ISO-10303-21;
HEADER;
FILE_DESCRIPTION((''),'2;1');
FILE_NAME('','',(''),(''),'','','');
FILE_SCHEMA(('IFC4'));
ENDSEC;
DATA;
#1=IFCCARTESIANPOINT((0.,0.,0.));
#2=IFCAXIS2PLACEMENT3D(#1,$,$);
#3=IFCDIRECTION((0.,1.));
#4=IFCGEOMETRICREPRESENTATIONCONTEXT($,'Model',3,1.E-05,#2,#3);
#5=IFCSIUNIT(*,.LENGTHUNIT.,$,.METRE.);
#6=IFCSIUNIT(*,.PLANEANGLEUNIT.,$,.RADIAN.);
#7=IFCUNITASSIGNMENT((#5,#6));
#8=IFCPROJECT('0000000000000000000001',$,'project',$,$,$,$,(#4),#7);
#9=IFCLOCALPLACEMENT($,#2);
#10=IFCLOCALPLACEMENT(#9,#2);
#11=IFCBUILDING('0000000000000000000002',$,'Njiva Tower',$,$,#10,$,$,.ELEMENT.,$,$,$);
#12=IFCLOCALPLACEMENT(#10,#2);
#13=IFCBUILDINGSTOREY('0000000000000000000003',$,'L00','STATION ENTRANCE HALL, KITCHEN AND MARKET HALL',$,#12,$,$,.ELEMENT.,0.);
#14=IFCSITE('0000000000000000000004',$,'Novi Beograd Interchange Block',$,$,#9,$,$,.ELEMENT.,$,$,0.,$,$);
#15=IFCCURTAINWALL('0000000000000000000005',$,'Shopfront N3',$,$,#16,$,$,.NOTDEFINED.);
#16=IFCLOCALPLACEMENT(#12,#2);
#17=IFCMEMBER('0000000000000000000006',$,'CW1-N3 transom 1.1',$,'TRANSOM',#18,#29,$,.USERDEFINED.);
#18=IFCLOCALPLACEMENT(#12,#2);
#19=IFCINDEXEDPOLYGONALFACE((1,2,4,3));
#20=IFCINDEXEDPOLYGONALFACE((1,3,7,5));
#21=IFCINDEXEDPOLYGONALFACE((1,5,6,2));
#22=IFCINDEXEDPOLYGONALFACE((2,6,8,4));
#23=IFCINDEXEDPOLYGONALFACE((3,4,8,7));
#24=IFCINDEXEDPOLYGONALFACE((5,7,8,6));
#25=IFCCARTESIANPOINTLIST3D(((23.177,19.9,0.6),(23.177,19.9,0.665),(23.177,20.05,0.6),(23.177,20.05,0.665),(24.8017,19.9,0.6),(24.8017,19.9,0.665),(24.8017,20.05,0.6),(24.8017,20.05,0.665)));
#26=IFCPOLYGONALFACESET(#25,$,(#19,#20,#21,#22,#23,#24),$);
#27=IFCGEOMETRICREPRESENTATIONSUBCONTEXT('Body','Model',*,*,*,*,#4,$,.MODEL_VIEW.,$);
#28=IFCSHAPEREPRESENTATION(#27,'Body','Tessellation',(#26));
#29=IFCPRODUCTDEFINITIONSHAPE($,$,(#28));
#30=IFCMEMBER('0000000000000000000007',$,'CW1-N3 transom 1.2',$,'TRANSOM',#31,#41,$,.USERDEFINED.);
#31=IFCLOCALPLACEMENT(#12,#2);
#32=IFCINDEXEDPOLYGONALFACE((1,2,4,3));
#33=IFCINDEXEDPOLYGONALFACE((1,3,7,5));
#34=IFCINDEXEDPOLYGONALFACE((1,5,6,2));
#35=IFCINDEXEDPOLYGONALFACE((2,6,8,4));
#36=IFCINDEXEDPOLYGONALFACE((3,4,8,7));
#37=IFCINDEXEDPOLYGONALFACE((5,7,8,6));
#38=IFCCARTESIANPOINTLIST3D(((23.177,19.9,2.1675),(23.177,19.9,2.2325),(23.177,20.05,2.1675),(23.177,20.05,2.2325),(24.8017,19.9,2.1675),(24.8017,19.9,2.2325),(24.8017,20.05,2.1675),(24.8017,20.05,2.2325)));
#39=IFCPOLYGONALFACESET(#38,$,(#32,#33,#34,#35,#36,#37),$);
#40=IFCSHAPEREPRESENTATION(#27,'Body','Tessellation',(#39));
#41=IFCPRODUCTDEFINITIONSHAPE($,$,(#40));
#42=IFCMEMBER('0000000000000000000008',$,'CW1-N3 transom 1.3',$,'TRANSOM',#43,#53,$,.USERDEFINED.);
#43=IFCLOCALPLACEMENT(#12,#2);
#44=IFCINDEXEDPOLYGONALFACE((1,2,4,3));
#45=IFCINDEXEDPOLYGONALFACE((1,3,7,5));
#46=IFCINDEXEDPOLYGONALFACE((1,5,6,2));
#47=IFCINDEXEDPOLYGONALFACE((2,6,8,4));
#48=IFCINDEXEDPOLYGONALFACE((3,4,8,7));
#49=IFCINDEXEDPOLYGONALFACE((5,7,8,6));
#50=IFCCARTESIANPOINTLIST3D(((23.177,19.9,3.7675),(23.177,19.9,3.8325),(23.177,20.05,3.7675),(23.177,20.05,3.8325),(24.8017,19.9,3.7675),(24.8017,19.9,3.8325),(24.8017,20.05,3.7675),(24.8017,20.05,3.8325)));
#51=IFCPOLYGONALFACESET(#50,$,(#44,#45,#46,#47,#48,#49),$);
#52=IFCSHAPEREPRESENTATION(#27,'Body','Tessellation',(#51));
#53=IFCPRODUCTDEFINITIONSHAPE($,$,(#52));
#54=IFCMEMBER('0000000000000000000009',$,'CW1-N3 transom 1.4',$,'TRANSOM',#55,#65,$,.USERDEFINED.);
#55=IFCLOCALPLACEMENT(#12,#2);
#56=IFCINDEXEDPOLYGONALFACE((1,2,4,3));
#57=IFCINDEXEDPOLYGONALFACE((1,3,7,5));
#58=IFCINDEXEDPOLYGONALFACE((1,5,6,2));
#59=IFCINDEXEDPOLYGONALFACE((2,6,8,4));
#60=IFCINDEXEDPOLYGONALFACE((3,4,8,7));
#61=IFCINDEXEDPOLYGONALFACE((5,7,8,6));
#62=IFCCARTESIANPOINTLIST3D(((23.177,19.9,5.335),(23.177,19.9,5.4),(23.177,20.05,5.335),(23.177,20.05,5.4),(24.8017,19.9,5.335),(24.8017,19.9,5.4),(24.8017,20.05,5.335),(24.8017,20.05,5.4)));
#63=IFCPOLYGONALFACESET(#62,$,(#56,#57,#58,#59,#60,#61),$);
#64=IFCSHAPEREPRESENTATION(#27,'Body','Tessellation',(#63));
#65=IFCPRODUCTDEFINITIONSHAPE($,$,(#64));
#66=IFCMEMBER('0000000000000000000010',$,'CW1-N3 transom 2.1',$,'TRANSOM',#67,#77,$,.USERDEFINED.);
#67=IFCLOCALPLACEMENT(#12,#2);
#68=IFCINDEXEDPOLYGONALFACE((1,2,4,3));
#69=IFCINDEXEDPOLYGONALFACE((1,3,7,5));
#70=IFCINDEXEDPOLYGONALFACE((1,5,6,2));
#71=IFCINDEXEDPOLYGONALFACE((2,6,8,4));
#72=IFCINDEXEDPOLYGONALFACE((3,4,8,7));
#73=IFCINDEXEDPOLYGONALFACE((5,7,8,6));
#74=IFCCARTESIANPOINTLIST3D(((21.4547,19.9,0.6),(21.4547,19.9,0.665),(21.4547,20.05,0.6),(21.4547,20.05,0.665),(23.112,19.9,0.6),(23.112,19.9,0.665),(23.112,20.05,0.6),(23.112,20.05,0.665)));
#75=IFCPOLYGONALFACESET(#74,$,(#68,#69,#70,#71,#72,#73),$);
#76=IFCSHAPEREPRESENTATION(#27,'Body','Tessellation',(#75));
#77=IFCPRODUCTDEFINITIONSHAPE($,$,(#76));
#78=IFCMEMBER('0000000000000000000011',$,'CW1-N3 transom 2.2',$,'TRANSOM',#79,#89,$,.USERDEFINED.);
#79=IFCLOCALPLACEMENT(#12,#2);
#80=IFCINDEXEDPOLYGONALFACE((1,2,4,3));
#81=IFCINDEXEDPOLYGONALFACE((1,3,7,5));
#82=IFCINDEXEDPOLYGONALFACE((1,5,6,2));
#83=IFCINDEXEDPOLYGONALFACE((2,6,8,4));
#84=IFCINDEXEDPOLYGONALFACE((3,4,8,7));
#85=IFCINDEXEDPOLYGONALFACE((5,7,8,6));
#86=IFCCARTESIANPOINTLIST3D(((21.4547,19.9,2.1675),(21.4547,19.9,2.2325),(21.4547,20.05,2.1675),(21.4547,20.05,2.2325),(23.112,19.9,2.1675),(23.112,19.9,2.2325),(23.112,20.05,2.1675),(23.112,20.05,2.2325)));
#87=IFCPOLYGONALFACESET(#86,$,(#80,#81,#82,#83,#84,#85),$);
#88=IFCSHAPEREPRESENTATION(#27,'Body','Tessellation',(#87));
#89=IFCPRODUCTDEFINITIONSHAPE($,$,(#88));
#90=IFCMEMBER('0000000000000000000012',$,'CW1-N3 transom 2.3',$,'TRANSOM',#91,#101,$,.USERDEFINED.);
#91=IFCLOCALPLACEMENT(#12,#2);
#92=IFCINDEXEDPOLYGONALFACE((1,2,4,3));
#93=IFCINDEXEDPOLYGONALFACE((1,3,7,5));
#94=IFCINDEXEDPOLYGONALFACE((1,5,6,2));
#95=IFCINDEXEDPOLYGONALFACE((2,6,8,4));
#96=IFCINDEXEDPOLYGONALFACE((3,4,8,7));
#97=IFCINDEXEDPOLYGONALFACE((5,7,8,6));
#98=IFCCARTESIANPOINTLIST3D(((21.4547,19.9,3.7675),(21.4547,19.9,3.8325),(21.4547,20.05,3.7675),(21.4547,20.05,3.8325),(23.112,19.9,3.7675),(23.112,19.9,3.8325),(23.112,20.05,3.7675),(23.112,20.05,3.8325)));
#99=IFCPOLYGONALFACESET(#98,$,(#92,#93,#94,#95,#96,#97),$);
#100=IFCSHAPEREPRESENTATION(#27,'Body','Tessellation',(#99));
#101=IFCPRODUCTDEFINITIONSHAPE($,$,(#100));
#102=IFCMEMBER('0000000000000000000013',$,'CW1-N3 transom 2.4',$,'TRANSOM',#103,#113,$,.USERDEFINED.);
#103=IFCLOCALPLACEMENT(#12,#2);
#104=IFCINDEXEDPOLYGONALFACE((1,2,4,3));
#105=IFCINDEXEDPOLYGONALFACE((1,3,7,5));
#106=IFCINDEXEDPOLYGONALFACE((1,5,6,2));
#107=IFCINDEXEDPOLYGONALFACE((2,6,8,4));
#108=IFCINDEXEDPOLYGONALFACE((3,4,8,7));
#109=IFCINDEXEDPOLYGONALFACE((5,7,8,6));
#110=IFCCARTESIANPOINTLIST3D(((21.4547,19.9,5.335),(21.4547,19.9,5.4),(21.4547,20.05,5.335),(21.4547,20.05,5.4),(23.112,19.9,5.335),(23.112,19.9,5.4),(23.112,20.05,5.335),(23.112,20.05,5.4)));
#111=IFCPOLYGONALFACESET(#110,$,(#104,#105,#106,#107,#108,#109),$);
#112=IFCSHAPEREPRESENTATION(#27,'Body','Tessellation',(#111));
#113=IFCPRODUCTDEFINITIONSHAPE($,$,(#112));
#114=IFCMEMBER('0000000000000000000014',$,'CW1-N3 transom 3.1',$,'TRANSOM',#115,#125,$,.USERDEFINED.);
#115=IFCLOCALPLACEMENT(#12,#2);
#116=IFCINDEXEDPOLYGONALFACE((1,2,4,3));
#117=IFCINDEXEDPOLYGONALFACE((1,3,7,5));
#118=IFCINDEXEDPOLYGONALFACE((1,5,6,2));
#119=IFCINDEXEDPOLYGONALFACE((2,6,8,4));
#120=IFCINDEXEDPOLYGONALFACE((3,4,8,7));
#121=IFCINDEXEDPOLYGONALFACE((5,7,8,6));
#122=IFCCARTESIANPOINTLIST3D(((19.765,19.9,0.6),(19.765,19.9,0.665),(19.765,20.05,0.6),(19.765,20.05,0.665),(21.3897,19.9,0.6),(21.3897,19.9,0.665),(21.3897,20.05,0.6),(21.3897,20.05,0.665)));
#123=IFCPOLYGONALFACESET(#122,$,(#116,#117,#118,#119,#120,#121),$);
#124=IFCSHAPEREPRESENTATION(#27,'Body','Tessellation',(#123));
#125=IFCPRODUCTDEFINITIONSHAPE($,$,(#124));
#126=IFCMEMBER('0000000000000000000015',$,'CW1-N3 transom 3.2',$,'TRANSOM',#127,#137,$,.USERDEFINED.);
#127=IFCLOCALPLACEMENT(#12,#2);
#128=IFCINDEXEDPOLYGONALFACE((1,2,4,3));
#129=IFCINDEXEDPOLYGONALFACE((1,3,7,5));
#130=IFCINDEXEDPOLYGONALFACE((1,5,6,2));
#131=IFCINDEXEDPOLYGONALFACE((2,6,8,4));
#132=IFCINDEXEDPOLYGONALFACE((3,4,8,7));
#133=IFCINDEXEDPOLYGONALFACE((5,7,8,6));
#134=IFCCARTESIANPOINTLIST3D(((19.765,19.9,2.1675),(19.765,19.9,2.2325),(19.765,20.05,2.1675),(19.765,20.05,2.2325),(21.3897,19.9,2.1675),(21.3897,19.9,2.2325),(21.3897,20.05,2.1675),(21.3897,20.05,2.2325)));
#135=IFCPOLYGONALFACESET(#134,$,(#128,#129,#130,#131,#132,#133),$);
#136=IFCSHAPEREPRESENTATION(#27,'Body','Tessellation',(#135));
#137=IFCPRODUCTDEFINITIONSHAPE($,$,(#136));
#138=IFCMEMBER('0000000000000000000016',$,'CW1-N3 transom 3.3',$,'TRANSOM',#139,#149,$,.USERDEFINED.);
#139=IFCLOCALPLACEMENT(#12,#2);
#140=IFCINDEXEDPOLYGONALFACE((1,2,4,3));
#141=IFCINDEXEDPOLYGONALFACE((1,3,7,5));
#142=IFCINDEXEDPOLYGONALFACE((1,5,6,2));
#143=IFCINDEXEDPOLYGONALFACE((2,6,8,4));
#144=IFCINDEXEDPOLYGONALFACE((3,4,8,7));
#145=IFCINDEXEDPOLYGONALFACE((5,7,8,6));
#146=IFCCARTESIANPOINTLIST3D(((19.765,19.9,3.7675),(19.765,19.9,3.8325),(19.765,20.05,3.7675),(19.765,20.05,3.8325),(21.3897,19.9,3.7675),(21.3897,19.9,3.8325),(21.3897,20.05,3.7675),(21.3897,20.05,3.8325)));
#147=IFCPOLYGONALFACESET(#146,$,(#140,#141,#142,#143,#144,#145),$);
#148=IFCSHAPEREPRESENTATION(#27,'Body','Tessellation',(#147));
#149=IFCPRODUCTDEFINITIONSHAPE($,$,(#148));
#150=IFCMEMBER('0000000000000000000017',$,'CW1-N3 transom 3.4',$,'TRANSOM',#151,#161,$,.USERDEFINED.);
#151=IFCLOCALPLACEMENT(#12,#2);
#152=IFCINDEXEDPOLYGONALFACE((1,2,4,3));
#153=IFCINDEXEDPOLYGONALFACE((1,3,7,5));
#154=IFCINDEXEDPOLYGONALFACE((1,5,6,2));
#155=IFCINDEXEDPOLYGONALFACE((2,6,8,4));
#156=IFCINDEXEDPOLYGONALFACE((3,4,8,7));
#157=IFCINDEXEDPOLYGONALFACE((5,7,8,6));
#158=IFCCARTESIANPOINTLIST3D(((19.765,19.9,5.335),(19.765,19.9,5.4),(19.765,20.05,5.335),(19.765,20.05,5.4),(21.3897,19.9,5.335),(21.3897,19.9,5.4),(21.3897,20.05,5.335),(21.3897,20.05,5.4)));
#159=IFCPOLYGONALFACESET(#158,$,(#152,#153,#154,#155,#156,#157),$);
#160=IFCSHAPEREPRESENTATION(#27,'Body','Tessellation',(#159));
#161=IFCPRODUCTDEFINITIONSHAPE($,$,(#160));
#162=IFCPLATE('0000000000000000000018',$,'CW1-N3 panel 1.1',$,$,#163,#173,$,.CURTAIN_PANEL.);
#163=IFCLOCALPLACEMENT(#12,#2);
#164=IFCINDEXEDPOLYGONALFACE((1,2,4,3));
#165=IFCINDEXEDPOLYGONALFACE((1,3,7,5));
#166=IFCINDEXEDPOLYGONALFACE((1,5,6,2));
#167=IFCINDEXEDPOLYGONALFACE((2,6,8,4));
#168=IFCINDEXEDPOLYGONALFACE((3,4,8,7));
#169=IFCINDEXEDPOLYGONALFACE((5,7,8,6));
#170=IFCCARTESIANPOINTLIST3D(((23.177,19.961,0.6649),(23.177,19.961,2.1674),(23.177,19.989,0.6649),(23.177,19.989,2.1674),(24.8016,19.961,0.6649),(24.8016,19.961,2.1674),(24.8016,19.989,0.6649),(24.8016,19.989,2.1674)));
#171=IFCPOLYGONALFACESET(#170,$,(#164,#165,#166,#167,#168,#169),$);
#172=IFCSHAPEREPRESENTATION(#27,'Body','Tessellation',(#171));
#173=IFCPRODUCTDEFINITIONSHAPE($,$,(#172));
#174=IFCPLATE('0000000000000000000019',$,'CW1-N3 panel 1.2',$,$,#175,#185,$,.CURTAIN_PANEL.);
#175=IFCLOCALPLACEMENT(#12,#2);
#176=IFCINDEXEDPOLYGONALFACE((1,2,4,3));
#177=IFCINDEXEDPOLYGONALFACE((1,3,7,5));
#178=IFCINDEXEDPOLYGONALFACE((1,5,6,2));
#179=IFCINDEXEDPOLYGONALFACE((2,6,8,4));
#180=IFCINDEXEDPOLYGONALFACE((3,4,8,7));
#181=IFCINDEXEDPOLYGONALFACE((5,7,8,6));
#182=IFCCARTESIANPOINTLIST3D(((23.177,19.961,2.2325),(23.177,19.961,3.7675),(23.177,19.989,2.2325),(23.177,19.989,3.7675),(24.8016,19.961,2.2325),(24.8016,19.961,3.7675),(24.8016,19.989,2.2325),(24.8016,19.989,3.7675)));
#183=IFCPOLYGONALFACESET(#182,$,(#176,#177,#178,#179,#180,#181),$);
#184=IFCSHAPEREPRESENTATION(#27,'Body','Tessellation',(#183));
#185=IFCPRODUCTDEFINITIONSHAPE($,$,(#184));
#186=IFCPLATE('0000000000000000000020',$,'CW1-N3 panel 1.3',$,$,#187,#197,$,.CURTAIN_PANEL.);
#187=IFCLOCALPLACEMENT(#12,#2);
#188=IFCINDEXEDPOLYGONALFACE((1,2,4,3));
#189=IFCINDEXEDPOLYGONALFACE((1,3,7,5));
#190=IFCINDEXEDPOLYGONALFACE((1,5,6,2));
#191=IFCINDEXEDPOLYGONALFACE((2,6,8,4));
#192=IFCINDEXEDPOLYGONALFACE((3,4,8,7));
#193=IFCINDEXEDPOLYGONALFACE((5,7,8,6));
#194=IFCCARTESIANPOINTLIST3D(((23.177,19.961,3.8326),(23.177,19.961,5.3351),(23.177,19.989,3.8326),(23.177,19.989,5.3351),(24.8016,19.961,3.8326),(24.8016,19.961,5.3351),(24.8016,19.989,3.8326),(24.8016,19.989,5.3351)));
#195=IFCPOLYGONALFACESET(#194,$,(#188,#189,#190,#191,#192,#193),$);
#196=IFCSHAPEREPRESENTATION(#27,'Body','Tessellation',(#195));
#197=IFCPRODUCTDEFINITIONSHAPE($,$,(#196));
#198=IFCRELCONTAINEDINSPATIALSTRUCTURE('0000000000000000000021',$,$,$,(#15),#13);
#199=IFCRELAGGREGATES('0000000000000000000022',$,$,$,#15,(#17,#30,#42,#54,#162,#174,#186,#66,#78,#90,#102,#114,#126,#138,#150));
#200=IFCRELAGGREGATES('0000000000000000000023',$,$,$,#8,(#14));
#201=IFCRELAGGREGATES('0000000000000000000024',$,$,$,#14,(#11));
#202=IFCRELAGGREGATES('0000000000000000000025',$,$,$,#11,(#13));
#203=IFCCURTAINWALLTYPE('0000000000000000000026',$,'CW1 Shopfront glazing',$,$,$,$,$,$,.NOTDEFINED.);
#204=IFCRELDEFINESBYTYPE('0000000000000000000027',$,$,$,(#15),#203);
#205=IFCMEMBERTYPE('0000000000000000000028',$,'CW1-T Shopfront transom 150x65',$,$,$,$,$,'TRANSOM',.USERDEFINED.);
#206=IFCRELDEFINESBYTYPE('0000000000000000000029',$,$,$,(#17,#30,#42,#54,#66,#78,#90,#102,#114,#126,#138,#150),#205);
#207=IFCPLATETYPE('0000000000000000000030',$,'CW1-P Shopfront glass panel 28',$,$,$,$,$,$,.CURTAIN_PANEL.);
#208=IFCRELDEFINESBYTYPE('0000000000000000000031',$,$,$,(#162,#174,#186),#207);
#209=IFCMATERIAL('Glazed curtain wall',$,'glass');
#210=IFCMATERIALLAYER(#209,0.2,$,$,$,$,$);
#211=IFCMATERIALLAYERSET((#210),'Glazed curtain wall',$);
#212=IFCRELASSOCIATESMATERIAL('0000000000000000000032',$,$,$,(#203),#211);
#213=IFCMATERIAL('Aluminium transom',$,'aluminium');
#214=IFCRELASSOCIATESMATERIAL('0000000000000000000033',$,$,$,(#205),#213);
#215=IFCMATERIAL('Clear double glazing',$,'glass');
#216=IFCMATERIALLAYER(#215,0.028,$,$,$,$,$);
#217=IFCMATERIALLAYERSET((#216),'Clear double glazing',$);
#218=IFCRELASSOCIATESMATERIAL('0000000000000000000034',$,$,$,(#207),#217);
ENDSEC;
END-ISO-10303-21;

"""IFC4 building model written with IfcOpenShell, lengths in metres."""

from ifc_helpers import new_model, si_unit, direction, frame, origin, origin_2d, place, context, subcontext, project, spatial, rectangle, extrude, material, layer, layer_set, material_profile, profile_set, type_object, element, aggregate, save


model = new_model("IFC4")

# Units and contexts
model_context = context("Model", 3, precision=1e-05, world=origin(), true_north=direction((0.0, 1.0)))
body_context = subcontext(model_context, "Body", "Model", "MODEL_VIEW")
ifc_project = project(units=[si_unit("LENGTHUNIT", "METRE"), si_unit("PLANEANGLEUNIT", "RADIAN")], contexts=[model_context])

# Site, building, storey
site_placement = place(None, origin())
site = spatial("IfcSite", under=ifc_project, at=site_placement, Name="Novi Beograd Interchange Block", CompositionType="ELEMENT", RefElevation=0.0)
building_placement = place(site_placement, origin())
building = spatial("IfcBuilding", under=site, at=building_placement, Name="Njiva Tower", CompositionType="ELEMENT")
storey_placement = place(building_placement, origin())
storey = spatial("IfcBuildingStorey", under=building, at=storey_placement, Name="L00", Description="STATION ENTRANCE HALL, KITCHEN AND MARKET HALL", CompositionType="ELEMENT", Elevation=0.0)

# Curtain wall, members, plates
ifc_material_1 = material(Name="Glazed curtain wall", Category="glass")
ifc_layer_1 = layer(ifc_material_1, 0.2)
ifc_layer_set_1 = layer_set([ifc_layer_1], Name="Glazed curtain wall")
curtain_wall_type = type_object("IfcCurtainWallType", Name="CW1 Shopfront glazing", PredefinedType="NOTDEFINED", material=ifc_layer_set_1)
curtain_wall_placement = place(storey_placement, origin())
curtain_wall = element("IfcCurtainWall", 1, at=curtain_wall_placement, inside=storey, type_object=curtain_wall_type, Name="Shopfront N3", PredefinedType="NOTDEFINED")
ifc_material_2 = material(Name="Aluminium transom", Category="aluminium")
ifc_material_profile_1 = material_profile(ifc_material_2, rectangle(XDim=0.15, YDim=0.065, at=origin_2d()), Name="RECT 150x65")
ifc_profile_set_1 = profile_set([ifc_material_profile_1], Name="Aluminium transom")
member_type_1 = type_object("IfcMemberType", Name="CW1-T Shopfront transom 150x65", ElementType="TRANSOM", PredefinedType="USERDEFINED", material=ifc_profile_set_1)
member_1_placement = place(storey_placement, frame((24.8017, 19.975, 0.6325), z_axis=(-1.0, 0.0, 0.0), x_axis=(0.0, -1.0, 0.0)))
member_1 = element("IfcMember", 2, at=member_1_placement, type_object=member_type_1, Name="CW1-N3 transom 1.1", ObjectType="TRANSOM", PredefinedType="USERDEFINED", context=body_context, shape_type="SweptSolid", body=[
    extrude(rectangle(XDim=0.15, YDim=0.065, at=origin_2d()), origin(), (0.0, 0.0, 1.0), 1.6247),
])
member_2_placement = place(storey_placement, frame((24.8017, 19.975, 2.2), z_axis=(-1.0, 0.0, 0.0), x_axis=(0.0, -1.0, 0.0)))
member_2 = element("IfcMember", 3, at=member_2_placement, type_object=member_type_1, Name="CW1-N3 transom 1.2", ObjectType="TRANSOM", PredefinedType="USERDEFINED", context=body_context, shape_type="SweptSolid", body=[
    extrude(rectangle(XDim=0.15, YDim=0.065, at=origin_2d()), origin(), (0.0, 0.0, 1.0), 1.6247),
])
member_3_placement = place(storey_placement, frame((24.8017, 19.975, 3.8), z_axis=(-1.0, 0.0, 0.0), x_axis=(0.0, -1.0, 0.0)))
member_3 = element("IfcMember", 4, at=member_3_placement, type_object=member_type_1, Name="CW1-N3 transom 1.3", ObjectType="TRANSOM", PredefinedType="USERDEFINED", context=body_context, shape_type="SweptSolid", body=[
    extrude(rectangle(XDim=0.15, YDim=0.065, at=origin_2d()), origin(), (0.0, 0.0, 1.0), 1.6247),
])
member_4_placement = place(storey_placement, frame((24.8017, 19.975, 5.3675), z_axis=(-1.0, 0.0, 0.0), x_axis=(0.0, -1.0, 0.0)))
member_4 = element("IfcMember", 5, at=member_4_placement, type_object=member_type_1, Name="CW1-N3 transom 1.4", ObjectType="TRANSOM", PredefinedType="USERDEFINED", context=body_context, shape_type="SweptSolid", body=[
    extrude(rectangle(XDim=0.15, YDim=0.065, at=origin_2d()), origin(), (0.0, 0.0, 1.0), 1.6247),
])
member_5_placement = place(storey_placement, frame((23.112, 19.975, 0.6325), z_axis=(-1.0, 0.0, 0.0), x_axis=(0.0, -1.0, 0.0)))
member_5 = element("IfcMember", 6, at=member_5_placement, type_object=member_type_1, Name="CW1-N3 transom 2.1", ObjectType="TRANSOM", PredefinedType="USERDEFINED", context=body_context, shape_type="SweptSolid", body=[
    extrude(rectangle(XDim=0.15, YDim=0.065, at=origin_2d()), origin(), (0.0, 0.0, 1.0), 1.6573),
])
member_6_placement = place(storey_placement, frame((23.112, 19.975, 2.2), z_axis=(-1.0, 0.0, 0.0), x_axis=(0.0, -1.0, 0.0)))
member_6 = element("IfcMember", 7, at=member_6_placement, type_object=member_type_1, Name="CW1-N3 transom 2.2", ObjectType="TRANSOM", PredefinedType="USERDEFINED", context=body_context, shape_type="SweptSolid", body=[
    extrude(rectangle(XDim=0.15, YDim=0.065, at=origin_2d()), origin(), (0.0, 0.0, 1.0), 1.6573),
])
member_7_placement = place(storey_placement, frame((23.112, 19.975, 3.8), z_axis=(-1.0, 0.0, 0.0), x_axis=(0.0, -1.0, 0.0)))
member_7 = element("IfcMember", 8, at=member_7_placement, type_object=member_type_1, Name="CW1-N3 transom 2.3", ObjectType="TRANSOM", PredefinedType="USERDEFINED", context=body_context, shape_type="SweptSolid", body=[
    extrude(rectangle(XDim=0.15, YDim=0.065, at=origin_2d()), origin(), (0.0, 0.0, 1.0), 1.6573),
])
member_8_placement = place(storey_placement, frame((23.112, 19.975, 5.3675), z_axis=(-1.0, 0.0, 0.0), x_axis=(0.0, -1.0, 0.0)))
member_8 = element("IfcMember", 9, at=member_8_placement, type_object=member_type_1, Name="CW1-N3 transom 2.4", ObjectType="TRANSOM", PredefinedType="USERDEFINED", context=body_context, shape_type="SweptSolid", body=[
    extrude(rectangle(XDim=0.15, YDim=0.065, at=origin_2d()), origin(), (0.0, 0.0, 1.0), 1.6573),
])
member_9_placement = place(storey_placement, frame((21.3897, 19.975, 0.6325), z_axis=(-1.0, 0.0, 0.0), x_axis=(0.0, -1.0, 0.0)))
member_9 = element("IfcMember", 10, at=member_9_placement, type_object=member_type_1, Name="CW1-N3 transom 3.1", ObjectType="TRANSOM", PredefinedType="USERDEFINED", context=body_context, shape_type="SweptSolid", body=[
    extrude(rectangle(XDim=0.15, YDim=0.065, at=origin_2d()), origin(), (0.0, 0.0, 1.0), 1.6247),
])
member_10_placement = place(storey_placement, frame((21.3897, 19.975, 2.2), z_axis=(-1.0, 0.0, 0.0), x_axis=(0.0, -1.0, 0.0)))
member_10 = element("IfcMember", 11, at=member_10_placement, type_object=member_type_1, Name="CW1-N3 transom 3.2", ObjectType="TRANSOM", PredefinedType="USERDEFINED", context=body_context, shape_type="SweptSolid", body=[
    extrude(rectangle(XDim=0.15, YDim=0.065, at=origin_2d()), origin(), (0.0, 0.0, 1.0), 1.6247),
])
member_11_placement = place(storey_placement, frame((21.3897, 19.975, 3.8), z_axis=(-1.0, 0.0, 0.0), x_axis=(0.0, -1.0, 0.0)))
member_11 = element("IfcMember", 12, at=member_11_placement, type_object=member_type_1, Name="CW1-N3 transom 3.3", ObjectType="TRANSOM", PredefinedType="USERDEFINED", context=body_context, shape_type="SweptSolid", body=[
    extrude(rectangle(XDim=0.15, YDim=0.065, at=origin_2d()), origin(), (0.0, 0.0, 1.0), 1.6247),
])
member_12_placement = place(storey_placement, frame((21.3897, 19.975, 5.3675), z_axis=(-1.0, 0.0, 0.0), x_axis=(0.0, -1.0, 0.0)))
member_12 = element("IfcMember", 13, at=member_12_placement, type_object=member_type_1, Name="CW1-N3 transom 3.4", ObjectType="TRANSOM", PredefinedType="USERDEFINED", context=body_context, shape_type="SweptSolid", body=[
    extrude(rectangle(XDim=0.15, YDim=0.065, at=origin_2d()), origin(), (0.0, 0.0, 1.0), 1.6247),
])
ifc_material_3 = material(Name="Clear double glazing", Category="glass")
ifc_layer_2 = layer(ifc_material_3, 0.028)
ifc_layer_set_2 = layer_set([ifc_layer_2], Name="Clear double glazing")
plate_type = type_object("IfcPlateType", Name="CW1-P Shopfront glass panel 28", PredefinedType="CURTAIN_PANEL", material=ifc_layer_set_2)
plate_1_placement = place(storey_placement, frame((23.9893, 19.975, 0.6649), z_axis=(0.0, 0.0, 1.0), x_axis=(-1.0, 0.0, 0.0)))
plate_1 = element("IfcPlate", 14, at=plate_1_placement, type_object=plate_type, Name="CW1-N3 panel 1.1", PredefinedType="CURTAIN_PANEL", context=body_context, shape_type="SweptSolid", body=[
    extrude(rectangle(XDim=1.6247, YDim=0.028, at=origin_2d()), origin(), (0.0, 0.0, 1.0), 1.5025),
])
plate_2_placement = place(storey_placement, frame((23.9893, 19.975, 2.2325), z_axis=(0.0, 0.0, 1.0), x_axis=(-1.0, 0.0, 0.0)))
plate_2 = element("IfcPlate", 15, at=plate_2_placement, type_object=plate_type, Name="CW1-N3 panel 1.2", PredefinedType="CURTAIN_PANEL", context=body_context, shape_type="SweptSolid", body=[
    extrude(rectangle(XDim=1.6247, YDim=0.028, at=origin_2d()), origin(), (0.0, 0.0, 1.0), 1.535),
])
plate_3_placement = place(storey_placement, frame((23.9893, 19.975, 3.8326), z_axis=(0.0, 0.0, 1.0), x_axis=(-1.0, 0.0, 0.0)))
plate_3 = element("IfcPlate", 16, at=plate_3_placement, type_object=plate_type, Name="CW1-N3 panel 1.3", PredefinedType="CURTAIN_PANEL", context=body_context, shape_type="SweptSolid", body=[
    extrude(rectangle(XDim=1.6247, YDim=0.028, at=origin_2d()), origin(), (0.0, 0.0, 1.0), 1.5025),
])
aggregate(curtain_wall, [member_1, member_2, member_3, member_4, plate_1, plate_2, plate_3, member_5, member_6, member_7, member_8, member_9, member_10, member_11, member_12])

save(model, "model.ifc")
